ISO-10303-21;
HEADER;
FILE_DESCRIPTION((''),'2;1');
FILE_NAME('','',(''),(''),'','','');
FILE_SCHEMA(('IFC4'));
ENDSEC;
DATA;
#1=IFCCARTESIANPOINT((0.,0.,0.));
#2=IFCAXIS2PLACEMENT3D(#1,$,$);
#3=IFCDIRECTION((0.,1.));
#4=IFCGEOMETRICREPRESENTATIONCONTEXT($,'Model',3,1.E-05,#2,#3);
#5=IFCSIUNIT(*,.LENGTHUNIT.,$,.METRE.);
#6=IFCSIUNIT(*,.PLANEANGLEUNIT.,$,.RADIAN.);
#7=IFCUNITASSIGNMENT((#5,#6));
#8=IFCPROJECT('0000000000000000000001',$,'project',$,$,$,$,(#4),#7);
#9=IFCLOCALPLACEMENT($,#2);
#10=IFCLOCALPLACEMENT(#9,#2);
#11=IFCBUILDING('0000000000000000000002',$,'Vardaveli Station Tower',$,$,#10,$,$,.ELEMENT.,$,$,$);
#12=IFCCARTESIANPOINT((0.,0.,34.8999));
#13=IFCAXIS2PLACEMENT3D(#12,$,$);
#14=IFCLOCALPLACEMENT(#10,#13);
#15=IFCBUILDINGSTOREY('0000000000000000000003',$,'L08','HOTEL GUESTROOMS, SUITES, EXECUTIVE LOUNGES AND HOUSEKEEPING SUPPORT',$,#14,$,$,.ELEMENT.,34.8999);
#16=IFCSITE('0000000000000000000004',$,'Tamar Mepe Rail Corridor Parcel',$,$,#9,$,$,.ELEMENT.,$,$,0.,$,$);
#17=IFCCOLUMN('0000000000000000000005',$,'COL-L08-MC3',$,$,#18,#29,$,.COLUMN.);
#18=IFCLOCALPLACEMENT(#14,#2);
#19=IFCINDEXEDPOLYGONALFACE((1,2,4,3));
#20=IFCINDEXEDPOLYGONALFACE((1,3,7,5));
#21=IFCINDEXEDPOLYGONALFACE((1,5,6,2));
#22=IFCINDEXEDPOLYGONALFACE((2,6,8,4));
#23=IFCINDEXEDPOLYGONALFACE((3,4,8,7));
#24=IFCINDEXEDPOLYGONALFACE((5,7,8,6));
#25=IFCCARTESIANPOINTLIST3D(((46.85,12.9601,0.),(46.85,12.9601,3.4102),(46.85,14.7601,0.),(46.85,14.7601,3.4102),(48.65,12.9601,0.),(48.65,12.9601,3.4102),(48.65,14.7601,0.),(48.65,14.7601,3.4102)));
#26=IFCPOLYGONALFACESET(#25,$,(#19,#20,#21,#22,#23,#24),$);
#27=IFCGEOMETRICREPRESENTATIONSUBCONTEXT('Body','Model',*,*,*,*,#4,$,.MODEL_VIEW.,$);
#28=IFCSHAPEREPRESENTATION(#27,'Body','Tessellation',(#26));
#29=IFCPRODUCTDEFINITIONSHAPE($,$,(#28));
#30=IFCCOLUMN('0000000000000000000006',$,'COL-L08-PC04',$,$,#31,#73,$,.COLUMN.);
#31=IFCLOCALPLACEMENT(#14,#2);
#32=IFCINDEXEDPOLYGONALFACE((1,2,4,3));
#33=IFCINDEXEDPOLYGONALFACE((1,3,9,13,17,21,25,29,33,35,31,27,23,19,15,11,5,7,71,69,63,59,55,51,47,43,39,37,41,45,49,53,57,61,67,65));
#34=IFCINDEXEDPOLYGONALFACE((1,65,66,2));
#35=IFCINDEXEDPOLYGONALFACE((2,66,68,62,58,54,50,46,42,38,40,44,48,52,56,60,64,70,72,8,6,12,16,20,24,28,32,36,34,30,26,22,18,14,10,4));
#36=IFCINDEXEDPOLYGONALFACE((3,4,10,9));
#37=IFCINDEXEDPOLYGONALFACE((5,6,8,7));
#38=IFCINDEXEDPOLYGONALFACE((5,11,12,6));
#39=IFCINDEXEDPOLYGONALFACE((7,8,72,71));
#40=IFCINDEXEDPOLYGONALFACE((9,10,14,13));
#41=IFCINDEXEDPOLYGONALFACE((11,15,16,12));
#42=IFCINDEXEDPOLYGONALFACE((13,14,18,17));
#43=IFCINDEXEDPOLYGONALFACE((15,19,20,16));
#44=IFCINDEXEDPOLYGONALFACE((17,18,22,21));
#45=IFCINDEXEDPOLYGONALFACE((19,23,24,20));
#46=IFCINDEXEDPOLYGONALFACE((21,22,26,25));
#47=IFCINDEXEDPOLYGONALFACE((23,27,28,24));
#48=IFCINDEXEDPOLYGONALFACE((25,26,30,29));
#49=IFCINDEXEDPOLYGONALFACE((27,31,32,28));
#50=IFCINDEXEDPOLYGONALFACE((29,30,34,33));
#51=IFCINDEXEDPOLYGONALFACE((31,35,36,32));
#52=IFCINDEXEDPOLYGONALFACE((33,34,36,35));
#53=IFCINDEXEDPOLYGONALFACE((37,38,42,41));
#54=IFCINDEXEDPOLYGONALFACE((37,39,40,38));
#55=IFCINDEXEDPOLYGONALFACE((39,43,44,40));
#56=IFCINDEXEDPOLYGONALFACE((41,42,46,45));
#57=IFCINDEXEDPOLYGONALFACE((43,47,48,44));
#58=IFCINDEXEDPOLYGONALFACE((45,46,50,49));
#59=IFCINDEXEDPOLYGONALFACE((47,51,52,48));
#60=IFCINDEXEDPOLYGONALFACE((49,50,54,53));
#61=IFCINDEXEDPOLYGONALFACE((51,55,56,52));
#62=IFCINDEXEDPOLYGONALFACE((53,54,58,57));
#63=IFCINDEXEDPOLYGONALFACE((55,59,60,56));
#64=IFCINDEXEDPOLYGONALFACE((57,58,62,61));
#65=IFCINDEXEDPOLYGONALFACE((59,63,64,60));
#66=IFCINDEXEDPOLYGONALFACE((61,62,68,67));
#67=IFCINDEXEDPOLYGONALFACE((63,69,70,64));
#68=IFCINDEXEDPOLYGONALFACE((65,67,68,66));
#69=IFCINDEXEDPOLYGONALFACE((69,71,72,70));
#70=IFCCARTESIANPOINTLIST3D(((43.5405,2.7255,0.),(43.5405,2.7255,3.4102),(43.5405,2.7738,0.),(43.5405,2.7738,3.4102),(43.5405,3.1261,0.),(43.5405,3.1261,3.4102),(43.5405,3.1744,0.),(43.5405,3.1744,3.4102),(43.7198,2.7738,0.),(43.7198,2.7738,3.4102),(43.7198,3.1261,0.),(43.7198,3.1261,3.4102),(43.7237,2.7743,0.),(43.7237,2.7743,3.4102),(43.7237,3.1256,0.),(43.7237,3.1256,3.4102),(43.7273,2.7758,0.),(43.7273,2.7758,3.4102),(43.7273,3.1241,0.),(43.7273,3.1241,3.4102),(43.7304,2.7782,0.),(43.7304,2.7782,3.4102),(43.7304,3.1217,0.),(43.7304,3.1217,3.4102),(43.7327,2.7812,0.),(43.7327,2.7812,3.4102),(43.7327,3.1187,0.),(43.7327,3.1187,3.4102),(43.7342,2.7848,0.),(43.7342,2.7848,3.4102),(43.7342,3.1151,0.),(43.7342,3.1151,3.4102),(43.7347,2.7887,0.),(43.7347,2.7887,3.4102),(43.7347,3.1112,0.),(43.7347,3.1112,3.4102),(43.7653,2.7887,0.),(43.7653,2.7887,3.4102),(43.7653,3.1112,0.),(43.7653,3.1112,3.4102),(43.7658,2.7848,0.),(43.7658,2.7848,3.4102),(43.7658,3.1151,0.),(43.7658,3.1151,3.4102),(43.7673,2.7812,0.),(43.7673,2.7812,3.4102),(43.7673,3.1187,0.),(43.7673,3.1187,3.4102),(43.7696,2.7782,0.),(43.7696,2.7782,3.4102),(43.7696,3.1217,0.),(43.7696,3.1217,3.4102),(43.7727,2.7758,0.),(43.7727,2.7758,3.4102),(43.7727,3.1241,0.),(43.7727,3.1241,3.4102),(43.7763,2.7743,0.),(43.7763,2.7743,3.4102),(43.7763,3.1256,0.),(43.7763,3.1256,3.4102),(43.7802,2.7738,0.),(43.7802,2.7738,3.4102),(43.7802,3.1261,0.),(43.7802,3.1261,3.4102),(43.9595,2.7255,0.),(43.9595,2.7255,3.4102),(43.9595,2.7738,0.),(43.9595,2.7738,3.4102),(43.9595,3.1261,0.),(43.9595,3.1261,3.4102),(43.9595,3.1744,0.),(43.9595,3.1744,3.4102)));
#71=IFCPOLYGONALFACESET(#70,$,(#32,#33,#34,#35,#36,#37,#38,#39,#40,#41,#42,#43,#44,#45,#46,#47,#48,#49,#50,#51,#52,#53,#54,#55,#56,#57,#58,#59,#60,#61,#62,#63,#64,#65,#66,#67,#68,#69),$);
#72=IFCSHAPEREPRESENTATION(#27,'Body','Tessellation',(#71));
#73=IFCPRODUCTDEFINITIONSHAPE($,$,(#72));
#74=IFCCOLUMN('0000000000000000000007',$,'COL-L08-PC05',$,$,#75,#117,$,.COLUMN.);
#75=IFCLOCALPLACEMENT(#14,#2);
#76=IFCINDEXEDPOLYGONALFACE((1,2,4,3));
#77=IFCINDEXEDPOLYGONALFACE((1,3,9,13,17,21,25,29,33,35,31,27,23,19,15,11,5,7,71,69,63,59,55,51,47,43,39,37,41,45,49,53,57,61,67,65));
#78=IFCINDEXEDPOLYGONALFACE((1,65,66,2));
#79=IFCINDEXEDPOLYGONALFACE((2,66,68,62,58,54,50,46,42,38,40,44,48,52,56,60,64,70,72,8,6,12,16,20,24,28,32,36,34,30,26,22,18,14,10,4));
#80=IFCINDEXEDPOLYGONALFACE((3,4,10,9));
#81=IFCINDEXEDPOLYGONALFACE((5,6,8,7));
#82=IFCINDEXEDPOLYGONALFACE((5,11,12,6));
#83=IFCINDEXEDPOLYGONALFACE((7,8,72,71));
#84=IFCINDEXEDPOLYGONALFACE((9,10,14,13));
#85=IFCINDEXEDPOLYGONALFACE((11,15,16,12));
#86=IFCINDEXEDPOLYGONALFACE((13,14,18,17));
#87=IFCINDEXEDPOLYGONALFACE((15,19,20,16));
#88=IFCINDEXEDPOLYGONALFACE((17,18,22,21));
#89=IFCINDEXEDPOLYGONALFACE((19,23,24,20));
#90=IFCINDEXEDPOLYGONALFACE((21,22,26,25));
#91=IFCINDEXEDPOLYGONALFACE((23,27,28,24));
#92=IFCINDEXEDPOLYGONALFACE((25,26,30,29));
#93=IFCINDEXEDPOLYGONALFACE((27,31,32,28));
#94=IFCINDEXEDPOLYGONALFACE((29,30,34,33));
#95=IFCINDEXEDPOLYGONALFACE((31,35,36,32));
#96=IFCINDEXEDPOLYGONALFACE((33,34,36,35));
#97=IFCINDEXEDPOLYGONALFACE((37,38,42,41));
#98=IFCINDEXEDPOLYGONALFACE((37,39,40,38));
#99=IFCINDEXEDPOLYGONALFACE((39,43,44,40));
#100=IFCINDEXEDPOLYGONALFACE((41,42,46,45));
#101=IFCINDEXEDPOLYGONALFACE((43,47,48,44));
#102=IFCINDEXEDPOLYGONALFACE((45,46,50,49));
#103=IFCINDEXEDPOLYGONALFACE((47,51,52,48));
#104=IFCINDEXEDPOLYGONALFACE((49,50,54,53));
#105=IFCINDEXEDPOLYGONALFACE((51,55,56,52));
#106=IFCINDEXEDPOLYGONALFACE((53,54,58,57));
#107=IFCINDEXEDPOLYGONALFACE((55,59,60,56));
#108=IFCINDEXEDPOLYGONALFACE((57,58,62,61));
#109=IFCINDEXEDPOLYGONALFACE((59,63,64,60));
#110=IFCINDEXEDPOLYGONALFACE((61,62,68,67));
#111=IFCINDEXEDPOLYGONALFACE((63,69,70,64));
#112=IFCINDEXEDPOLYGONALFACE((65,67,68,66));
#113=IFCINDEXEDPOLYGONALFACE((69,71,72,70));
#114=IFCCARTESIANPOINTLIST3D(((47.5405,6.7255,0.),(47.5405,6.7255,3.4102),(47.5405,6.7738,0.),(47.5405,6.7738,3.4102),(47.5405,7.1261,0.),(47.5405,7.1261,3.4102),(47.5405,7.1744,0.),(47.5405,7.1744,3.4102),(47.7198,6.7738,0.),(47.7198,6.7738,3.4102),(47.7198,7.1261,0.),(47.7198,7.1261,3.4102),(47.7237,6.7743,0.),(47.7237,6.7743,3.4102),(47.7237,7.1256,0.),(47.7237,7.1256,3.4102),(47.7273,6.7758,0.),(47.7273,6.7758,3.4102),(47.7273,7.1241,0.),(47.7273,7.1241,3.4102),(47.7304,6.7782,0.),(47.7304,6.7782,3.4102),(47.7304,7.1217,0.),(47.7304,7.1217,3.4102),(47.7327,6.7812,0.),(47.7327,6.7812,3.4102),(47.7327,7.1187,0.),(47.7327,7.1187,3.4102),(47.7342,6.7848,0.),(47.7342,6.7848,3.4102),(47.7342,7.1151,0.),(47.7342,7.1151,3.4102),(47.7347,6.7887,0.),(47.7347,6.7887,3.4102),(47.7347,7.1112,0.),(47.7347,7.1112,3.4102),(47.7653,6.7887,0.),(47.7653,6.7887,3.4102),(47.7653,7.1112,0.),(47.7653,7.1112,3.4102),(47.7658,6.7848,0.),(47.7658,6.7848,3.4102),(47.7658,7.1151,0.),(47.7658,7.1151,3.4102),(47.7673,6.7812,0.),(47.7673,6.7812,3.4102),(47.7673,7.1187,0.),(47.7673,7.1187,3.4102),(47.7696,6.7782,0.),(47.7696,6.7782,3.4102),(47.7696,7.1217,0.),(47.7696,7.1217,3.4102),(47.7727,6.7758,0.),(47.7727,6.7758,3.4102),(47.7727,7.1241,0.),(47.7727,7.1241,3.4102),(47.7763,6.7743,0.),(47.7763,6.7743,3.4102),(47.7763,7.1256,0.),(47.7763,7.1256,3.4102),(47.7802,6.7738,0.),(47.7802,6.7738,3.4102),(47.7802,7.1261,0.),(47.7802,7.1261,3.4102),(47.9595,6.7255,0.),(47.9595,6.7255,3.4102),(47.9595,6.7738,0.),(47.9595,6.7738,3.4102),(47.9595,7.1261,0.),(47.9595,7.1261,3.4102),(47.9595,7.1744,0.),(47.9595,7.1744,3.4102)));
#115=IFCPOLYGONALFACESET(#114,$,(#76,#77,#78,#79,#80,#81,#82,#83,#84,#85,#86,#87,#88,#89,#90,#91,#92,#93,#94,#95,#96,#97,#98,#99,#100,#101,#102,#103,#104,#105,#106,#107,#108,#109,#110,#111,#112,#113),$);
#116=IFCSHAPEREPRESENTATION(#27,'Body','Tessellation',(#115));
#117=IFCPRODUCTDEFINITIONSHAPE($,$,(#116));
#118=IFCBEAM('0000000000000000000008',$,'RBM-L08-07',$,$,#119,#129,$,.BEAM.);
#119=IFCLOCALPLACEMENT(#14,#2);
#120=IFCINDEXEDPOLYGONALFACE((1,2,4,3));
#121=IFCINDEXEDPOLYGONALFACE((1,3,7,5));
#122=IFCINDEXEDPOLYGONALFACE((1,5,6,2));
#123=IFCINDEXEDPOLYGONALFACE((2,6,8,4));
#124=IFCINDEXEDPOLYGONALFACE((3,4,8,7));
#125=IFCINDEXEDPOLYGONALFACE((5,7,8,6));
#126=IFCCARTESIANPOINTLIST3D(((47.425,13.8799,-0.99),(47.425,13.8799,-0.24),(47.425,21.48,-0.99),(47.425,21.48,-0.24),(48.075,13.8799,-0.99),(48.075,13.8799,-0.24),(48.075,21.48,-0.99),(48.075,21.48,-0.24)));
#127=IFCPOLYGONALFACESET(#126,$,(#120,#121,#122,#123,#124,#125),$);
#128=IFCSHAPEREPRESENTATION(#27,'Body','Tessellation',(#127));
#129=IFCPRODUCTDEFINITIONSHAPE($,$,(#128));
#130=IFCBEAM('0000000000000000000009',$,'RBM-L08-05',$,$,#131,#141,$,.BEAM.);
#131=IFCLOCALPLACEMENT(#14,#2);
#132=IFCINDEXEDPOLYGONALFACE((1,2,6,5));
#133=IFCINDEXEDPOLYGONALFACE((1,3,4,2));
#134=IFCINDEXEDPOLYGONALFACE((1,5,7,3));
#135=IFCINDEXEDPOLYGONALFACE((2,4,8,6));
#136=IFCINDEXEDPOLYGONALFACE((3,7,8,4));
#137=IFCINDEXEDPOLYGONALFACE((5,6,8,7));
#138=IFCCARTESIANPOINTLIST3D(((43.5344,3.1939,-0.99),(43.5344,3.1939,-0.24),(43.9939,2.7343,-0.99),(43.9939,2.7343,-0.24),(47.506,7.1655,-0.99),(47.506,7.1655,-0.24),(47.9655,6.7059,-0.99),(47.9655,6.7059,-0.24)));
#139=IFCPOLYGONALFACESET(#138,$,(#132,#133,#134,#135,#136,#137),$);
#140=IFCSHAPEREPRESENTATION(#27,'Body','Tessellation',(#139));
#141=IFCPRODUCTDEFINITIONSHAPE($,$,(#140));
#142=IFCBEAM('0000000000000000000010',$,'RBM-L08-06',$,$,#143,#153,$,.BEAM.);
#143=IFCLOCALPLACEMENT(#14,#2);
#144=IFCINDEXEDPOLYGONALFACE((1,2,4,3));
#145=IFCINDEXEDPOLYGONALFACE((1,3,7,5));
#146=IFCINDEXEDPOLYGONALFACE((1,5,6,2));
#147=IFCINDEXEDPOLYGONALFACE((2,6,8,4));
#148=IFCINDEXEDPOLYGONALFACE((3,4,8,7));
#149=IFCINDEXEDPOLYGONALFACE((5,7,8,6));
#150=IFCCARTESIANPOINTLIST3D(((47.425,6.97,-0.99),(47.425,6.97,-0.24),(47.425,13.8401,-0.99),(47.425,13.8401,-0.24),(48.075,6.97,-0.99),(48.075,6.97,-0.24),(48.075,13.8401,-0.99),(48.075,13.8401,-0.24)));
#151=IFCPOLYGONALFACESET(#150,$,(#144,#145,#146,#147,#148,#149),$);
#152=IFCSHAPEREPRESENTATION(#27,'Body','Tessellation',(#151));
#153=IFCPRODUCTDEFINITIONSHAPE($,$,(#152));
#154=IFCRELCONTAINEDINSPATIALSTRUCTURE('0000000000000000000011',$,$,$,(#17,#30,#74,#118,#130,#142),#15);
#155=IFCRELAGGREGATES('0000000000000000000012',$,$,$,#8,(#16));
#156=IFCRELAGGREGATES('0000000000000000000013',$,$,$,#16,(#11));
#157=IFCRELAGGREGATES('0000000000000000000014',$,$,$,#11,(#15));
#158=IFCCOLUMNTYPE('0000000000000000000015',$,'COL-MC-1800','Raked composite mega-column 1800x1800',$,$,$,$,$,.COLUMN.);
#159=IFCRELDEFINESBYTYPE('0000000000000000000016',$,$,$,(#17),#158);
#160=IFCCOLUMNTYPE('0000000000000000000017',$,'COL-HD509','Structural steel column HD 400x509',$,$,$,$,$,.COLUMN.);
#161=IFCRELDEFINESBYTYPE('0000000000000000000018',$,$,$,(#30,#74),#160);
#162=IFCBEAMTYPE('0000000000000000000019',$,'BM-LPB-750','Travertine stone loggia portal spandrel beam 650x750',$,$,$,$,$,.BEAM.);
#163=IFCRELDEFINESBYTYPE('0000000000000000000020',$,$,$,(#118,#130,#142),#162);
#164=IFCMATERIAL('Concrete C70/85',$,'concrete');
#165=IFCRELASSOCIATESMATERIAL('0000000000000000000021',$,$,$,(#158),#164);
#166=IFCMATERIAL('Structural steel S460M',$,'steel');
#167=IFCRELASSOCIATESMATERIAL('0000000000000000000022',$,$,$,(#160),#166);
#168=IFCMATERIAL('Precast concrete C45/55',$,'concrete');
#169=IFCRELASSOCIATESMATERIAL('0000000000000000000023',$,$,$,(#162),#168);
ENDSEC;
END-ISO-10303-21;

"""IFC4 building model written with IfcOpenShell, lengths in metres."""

from ifc_helpers import new_model, si_unit, direction, frame, origin, origin_2d, place, context, subcontext, project, spatial, rectangle, i_section, extrude, source, transform, mapped, material, material_profile, profile_set, type_object, element, save


model = new_model("IFC4")

# Units and contexts
model_context = context("Model", 3, precision=1e-05, world=origin(), true_north=direction((0.0, 1.0)))
body_context = subcontext(model_context, "Body", "Model", "MODEL_VIEW")
ifc_project = project(units=[si_unit("LENGTHUNIT", "METRE"), si_unit("PLANEANGLEUNIT", "RADIAN")], contexts=[model_context])

# Site, building, storey
site_placement = place(None, origin())
site = spatial("IfcSite", under=ifc_project, at=site_placement, Name="Tamar Mepe Rail Corridor Parcel", CompositionType="ELEMENT", RefElevation=0.0)
building_placement = place(site_placement, origin())
building = spatial("IfcBuilding", under=site, at=building_placement, Name="Vardaveli Station Tower", CompositionType="ELEMENT")
storey_placement = place(building_placement, frame((0.0, 0.0, 34.8999)))
storey = spatial("IfcBuildingStorey", under=building, at=storey_placement, Name="L08", Description="HOTEL GUESTROOMS, SUITES, EXECUTIVE LOUNGES AND HOUSEKEEPING SUPPORT", CompositionType="ELEMENT", Elevation=34.8999)

# Columns
ifc_material_1 = material(Name="Concrete C70/85", Category="concrete")
ifc_material_profile_1 = material_profile(ifc_material_1, rectangle(XDim=1.8, YDim=1.8, at=origin_2d()), Name="MC 1800x1800")
ifc_profile_set_1 = profile_set([ifc_material_profile_1], Name="Concrete C70/85")
column_type_1 = type_object("IfcColumnType", Name="COL-MC-1800", Description="Raked composite mega-column 1800x1800", PredefinedType="COLUMN", material=ifc_profile_set_1)
shared_shape_1 = source(origin(), body_context, "Body", "SweptSolid", [
    extrude(rectangle(XDim=1.8, YDim=1.8, at=origin_2d()), origin(), (0.0, 0.0, 1.0), 3.4102),
])
column_placement = place(storey_placement, frame((47.75, 13.8601, 0.0), z_axis=(0.0, 0.0, 1.0), x_axis=(1.0, 0.0, 0.0)))
element("IfcColumn", 1, at=column_placement, inside=storey, type_object=column_type_1, Name="COL-L08-MC3", PredefinedType="COLUMN", context=body_context, shape_type="MappedRepresentation", body=[
    mapped(shared_shape_1, transform((0.0, 0.0, 0.0), scale=1.0)),
])
ifc_material_2 = material(Name="Structural steel S460M", Category="steel")
ifc_material_profile_2 = material_profile(ifc_material_2, i_section(OverallWidth=0.4189, OverallDepth=0.449, WebThickness=0.0305, FlangeThickness=0.0483, FilletRadius=0.0149, at=origin_2d()), Name="HD 400x509")
ifc_profile_set_2 = profile_set([ifc_material_profile_2], Name="Structural steel S460M")
column_type_2 = type_object("IfcColumnType", Name="COL-HD509", Description="Structural steel column HD 400x509", PredefinedType="COLUMN", material=ifc_profile_set_2)
shared_shape_2 = source(origin(), body_context, "Body", "SweptSolid", [
    extrude(i_section(OverallWidth=0.4189, OverallDepth=0.449, WebThickness=0.0305, FlangeThickness=0.0483, FilletRadius=0.0149, at=origin_2d()), origin(), (0.0, 0.0, 1.0), 3.4102),
])
for number, where, z_axis, x_axis, name in (
    (2, (43.75, 2.95, 0.0), (0.0, 0.0, 1.0), (1.0, 0.0, 0.0), "COL-L08-PC04"),
    (3, (47.75, 6.95, 0.0), (0.0, 0.0, 1.0), (1.0, 0.0, 0.0), "COL-L08-PC05"),
):
    element("IfcColumn", number, at=place(storey_placement, frame(where, z_axis=z_axis, x_axis=x_axis)), inside=storey, type_object=column_type_2, Name=name, PredefinedType="COLUMN", context=body_context, shape_type="MappedRepresentation", body=[
        mapped(shared_shape_2, transform((0.0, 0.0, 0.0), scale=1.0)),
    ])

# Beams
ifc_material_3 = material(Name="Precast concrete C45/55", Category="concrete")
ifc_material_profile_3 = material_profile(ifc_material_3, rectangle(XDim=0.6499, YDim=0.75, at=origin_2d()), Name="LPB 650x750")
ifc_profile_set_3 = profile_set([ifc_material_profile_3], Name="Precast concrete C45/55")
beam_type_1 = type_object("IfcBeamType", Name="BM-LPB-750", Description="Travertine stone loggia portal spandrel beam 650x750", PredefinedType="BEAM", material=ifc_profile_set_3)
shared_shape_3 = source(origin(), body_context, "Body", "SweptSolid", [
    extrude(rectangle(XDim=0.6499, YDim=0.75, at=origin_2d()), origin(), (0.0, 0.0, 1.0), 7.6001),
])
beam_1_placement = place(storey_placement, frame((47.75, 13.8799, -0.615), z_axis=(0.0, 1.0, 0.0), x_axis=(-1.0, 0.0, 0.0)))
element("IfcBeam", 4, at=beam_1_placement, inside=storey, type_object=beam_type_1, Name="RBM-L08-07", PredefinedType="BEAM", context=body_context, shape_type="MappedRepresentation", body=[
    mapped(shared_shape_3, transform((0.0, 0.0, 0.0), scale=1.0)),
])
shared_shape_4 = source(origin(), body_context, "Body", "SweptSolid", [
    extrude(rectangle(XDim=0.6499, YDim=0.75, at=origin_2d()), origin(), (0.0, 0.0, 1.0), 5.6167),
])
beam_2_placement = place(storey_placement, frame((43.7642, 2.9641, -0.615), z_axis=(0.707107, 0.707107, 0.0), x_axis=(-0.707107, 0.707107, 0.0)))
element("IfcBeam", 5, at=beam_2_placement, inside=storey, type_object=beam_type_1, Name="RBM-L08-05", PredefinedType="BEAM", context=body_context, shape_type="MappedRepresentation", body=[
    mapped(shared_shape_4, transform((0.0, 0.0, 0.0), scale=1.0)),
])
shared_shape_5 = source(origin(), body_context, "Body", "SweptSolid", [
    extrude(rectangle(XDim=0.6499, YDim=0.75, at=origin_2d()), origin(), (0.0, 0.0, 1.0), 6.8701),
])
beam_3_placement = place(storey_placement, frame((47.75, 6.97, -0.615), z_axis=(0.0, 1.0, 0.0), x_axis=(-1.0, 0.0, 0.0)))
element("IfcBeam", 6, at=beam_3_placement, inside=storey, type_object=beam_type_1, Name="RBM-L08-06", PredefinedType="BEAM", context=body_context, shape_type="MappedRepresentation", body=[
    mapped(shared_shape_5, transform((0.0, 0.0, 0.0), scale=1.0)),
])

save(model, "model.ifc")
